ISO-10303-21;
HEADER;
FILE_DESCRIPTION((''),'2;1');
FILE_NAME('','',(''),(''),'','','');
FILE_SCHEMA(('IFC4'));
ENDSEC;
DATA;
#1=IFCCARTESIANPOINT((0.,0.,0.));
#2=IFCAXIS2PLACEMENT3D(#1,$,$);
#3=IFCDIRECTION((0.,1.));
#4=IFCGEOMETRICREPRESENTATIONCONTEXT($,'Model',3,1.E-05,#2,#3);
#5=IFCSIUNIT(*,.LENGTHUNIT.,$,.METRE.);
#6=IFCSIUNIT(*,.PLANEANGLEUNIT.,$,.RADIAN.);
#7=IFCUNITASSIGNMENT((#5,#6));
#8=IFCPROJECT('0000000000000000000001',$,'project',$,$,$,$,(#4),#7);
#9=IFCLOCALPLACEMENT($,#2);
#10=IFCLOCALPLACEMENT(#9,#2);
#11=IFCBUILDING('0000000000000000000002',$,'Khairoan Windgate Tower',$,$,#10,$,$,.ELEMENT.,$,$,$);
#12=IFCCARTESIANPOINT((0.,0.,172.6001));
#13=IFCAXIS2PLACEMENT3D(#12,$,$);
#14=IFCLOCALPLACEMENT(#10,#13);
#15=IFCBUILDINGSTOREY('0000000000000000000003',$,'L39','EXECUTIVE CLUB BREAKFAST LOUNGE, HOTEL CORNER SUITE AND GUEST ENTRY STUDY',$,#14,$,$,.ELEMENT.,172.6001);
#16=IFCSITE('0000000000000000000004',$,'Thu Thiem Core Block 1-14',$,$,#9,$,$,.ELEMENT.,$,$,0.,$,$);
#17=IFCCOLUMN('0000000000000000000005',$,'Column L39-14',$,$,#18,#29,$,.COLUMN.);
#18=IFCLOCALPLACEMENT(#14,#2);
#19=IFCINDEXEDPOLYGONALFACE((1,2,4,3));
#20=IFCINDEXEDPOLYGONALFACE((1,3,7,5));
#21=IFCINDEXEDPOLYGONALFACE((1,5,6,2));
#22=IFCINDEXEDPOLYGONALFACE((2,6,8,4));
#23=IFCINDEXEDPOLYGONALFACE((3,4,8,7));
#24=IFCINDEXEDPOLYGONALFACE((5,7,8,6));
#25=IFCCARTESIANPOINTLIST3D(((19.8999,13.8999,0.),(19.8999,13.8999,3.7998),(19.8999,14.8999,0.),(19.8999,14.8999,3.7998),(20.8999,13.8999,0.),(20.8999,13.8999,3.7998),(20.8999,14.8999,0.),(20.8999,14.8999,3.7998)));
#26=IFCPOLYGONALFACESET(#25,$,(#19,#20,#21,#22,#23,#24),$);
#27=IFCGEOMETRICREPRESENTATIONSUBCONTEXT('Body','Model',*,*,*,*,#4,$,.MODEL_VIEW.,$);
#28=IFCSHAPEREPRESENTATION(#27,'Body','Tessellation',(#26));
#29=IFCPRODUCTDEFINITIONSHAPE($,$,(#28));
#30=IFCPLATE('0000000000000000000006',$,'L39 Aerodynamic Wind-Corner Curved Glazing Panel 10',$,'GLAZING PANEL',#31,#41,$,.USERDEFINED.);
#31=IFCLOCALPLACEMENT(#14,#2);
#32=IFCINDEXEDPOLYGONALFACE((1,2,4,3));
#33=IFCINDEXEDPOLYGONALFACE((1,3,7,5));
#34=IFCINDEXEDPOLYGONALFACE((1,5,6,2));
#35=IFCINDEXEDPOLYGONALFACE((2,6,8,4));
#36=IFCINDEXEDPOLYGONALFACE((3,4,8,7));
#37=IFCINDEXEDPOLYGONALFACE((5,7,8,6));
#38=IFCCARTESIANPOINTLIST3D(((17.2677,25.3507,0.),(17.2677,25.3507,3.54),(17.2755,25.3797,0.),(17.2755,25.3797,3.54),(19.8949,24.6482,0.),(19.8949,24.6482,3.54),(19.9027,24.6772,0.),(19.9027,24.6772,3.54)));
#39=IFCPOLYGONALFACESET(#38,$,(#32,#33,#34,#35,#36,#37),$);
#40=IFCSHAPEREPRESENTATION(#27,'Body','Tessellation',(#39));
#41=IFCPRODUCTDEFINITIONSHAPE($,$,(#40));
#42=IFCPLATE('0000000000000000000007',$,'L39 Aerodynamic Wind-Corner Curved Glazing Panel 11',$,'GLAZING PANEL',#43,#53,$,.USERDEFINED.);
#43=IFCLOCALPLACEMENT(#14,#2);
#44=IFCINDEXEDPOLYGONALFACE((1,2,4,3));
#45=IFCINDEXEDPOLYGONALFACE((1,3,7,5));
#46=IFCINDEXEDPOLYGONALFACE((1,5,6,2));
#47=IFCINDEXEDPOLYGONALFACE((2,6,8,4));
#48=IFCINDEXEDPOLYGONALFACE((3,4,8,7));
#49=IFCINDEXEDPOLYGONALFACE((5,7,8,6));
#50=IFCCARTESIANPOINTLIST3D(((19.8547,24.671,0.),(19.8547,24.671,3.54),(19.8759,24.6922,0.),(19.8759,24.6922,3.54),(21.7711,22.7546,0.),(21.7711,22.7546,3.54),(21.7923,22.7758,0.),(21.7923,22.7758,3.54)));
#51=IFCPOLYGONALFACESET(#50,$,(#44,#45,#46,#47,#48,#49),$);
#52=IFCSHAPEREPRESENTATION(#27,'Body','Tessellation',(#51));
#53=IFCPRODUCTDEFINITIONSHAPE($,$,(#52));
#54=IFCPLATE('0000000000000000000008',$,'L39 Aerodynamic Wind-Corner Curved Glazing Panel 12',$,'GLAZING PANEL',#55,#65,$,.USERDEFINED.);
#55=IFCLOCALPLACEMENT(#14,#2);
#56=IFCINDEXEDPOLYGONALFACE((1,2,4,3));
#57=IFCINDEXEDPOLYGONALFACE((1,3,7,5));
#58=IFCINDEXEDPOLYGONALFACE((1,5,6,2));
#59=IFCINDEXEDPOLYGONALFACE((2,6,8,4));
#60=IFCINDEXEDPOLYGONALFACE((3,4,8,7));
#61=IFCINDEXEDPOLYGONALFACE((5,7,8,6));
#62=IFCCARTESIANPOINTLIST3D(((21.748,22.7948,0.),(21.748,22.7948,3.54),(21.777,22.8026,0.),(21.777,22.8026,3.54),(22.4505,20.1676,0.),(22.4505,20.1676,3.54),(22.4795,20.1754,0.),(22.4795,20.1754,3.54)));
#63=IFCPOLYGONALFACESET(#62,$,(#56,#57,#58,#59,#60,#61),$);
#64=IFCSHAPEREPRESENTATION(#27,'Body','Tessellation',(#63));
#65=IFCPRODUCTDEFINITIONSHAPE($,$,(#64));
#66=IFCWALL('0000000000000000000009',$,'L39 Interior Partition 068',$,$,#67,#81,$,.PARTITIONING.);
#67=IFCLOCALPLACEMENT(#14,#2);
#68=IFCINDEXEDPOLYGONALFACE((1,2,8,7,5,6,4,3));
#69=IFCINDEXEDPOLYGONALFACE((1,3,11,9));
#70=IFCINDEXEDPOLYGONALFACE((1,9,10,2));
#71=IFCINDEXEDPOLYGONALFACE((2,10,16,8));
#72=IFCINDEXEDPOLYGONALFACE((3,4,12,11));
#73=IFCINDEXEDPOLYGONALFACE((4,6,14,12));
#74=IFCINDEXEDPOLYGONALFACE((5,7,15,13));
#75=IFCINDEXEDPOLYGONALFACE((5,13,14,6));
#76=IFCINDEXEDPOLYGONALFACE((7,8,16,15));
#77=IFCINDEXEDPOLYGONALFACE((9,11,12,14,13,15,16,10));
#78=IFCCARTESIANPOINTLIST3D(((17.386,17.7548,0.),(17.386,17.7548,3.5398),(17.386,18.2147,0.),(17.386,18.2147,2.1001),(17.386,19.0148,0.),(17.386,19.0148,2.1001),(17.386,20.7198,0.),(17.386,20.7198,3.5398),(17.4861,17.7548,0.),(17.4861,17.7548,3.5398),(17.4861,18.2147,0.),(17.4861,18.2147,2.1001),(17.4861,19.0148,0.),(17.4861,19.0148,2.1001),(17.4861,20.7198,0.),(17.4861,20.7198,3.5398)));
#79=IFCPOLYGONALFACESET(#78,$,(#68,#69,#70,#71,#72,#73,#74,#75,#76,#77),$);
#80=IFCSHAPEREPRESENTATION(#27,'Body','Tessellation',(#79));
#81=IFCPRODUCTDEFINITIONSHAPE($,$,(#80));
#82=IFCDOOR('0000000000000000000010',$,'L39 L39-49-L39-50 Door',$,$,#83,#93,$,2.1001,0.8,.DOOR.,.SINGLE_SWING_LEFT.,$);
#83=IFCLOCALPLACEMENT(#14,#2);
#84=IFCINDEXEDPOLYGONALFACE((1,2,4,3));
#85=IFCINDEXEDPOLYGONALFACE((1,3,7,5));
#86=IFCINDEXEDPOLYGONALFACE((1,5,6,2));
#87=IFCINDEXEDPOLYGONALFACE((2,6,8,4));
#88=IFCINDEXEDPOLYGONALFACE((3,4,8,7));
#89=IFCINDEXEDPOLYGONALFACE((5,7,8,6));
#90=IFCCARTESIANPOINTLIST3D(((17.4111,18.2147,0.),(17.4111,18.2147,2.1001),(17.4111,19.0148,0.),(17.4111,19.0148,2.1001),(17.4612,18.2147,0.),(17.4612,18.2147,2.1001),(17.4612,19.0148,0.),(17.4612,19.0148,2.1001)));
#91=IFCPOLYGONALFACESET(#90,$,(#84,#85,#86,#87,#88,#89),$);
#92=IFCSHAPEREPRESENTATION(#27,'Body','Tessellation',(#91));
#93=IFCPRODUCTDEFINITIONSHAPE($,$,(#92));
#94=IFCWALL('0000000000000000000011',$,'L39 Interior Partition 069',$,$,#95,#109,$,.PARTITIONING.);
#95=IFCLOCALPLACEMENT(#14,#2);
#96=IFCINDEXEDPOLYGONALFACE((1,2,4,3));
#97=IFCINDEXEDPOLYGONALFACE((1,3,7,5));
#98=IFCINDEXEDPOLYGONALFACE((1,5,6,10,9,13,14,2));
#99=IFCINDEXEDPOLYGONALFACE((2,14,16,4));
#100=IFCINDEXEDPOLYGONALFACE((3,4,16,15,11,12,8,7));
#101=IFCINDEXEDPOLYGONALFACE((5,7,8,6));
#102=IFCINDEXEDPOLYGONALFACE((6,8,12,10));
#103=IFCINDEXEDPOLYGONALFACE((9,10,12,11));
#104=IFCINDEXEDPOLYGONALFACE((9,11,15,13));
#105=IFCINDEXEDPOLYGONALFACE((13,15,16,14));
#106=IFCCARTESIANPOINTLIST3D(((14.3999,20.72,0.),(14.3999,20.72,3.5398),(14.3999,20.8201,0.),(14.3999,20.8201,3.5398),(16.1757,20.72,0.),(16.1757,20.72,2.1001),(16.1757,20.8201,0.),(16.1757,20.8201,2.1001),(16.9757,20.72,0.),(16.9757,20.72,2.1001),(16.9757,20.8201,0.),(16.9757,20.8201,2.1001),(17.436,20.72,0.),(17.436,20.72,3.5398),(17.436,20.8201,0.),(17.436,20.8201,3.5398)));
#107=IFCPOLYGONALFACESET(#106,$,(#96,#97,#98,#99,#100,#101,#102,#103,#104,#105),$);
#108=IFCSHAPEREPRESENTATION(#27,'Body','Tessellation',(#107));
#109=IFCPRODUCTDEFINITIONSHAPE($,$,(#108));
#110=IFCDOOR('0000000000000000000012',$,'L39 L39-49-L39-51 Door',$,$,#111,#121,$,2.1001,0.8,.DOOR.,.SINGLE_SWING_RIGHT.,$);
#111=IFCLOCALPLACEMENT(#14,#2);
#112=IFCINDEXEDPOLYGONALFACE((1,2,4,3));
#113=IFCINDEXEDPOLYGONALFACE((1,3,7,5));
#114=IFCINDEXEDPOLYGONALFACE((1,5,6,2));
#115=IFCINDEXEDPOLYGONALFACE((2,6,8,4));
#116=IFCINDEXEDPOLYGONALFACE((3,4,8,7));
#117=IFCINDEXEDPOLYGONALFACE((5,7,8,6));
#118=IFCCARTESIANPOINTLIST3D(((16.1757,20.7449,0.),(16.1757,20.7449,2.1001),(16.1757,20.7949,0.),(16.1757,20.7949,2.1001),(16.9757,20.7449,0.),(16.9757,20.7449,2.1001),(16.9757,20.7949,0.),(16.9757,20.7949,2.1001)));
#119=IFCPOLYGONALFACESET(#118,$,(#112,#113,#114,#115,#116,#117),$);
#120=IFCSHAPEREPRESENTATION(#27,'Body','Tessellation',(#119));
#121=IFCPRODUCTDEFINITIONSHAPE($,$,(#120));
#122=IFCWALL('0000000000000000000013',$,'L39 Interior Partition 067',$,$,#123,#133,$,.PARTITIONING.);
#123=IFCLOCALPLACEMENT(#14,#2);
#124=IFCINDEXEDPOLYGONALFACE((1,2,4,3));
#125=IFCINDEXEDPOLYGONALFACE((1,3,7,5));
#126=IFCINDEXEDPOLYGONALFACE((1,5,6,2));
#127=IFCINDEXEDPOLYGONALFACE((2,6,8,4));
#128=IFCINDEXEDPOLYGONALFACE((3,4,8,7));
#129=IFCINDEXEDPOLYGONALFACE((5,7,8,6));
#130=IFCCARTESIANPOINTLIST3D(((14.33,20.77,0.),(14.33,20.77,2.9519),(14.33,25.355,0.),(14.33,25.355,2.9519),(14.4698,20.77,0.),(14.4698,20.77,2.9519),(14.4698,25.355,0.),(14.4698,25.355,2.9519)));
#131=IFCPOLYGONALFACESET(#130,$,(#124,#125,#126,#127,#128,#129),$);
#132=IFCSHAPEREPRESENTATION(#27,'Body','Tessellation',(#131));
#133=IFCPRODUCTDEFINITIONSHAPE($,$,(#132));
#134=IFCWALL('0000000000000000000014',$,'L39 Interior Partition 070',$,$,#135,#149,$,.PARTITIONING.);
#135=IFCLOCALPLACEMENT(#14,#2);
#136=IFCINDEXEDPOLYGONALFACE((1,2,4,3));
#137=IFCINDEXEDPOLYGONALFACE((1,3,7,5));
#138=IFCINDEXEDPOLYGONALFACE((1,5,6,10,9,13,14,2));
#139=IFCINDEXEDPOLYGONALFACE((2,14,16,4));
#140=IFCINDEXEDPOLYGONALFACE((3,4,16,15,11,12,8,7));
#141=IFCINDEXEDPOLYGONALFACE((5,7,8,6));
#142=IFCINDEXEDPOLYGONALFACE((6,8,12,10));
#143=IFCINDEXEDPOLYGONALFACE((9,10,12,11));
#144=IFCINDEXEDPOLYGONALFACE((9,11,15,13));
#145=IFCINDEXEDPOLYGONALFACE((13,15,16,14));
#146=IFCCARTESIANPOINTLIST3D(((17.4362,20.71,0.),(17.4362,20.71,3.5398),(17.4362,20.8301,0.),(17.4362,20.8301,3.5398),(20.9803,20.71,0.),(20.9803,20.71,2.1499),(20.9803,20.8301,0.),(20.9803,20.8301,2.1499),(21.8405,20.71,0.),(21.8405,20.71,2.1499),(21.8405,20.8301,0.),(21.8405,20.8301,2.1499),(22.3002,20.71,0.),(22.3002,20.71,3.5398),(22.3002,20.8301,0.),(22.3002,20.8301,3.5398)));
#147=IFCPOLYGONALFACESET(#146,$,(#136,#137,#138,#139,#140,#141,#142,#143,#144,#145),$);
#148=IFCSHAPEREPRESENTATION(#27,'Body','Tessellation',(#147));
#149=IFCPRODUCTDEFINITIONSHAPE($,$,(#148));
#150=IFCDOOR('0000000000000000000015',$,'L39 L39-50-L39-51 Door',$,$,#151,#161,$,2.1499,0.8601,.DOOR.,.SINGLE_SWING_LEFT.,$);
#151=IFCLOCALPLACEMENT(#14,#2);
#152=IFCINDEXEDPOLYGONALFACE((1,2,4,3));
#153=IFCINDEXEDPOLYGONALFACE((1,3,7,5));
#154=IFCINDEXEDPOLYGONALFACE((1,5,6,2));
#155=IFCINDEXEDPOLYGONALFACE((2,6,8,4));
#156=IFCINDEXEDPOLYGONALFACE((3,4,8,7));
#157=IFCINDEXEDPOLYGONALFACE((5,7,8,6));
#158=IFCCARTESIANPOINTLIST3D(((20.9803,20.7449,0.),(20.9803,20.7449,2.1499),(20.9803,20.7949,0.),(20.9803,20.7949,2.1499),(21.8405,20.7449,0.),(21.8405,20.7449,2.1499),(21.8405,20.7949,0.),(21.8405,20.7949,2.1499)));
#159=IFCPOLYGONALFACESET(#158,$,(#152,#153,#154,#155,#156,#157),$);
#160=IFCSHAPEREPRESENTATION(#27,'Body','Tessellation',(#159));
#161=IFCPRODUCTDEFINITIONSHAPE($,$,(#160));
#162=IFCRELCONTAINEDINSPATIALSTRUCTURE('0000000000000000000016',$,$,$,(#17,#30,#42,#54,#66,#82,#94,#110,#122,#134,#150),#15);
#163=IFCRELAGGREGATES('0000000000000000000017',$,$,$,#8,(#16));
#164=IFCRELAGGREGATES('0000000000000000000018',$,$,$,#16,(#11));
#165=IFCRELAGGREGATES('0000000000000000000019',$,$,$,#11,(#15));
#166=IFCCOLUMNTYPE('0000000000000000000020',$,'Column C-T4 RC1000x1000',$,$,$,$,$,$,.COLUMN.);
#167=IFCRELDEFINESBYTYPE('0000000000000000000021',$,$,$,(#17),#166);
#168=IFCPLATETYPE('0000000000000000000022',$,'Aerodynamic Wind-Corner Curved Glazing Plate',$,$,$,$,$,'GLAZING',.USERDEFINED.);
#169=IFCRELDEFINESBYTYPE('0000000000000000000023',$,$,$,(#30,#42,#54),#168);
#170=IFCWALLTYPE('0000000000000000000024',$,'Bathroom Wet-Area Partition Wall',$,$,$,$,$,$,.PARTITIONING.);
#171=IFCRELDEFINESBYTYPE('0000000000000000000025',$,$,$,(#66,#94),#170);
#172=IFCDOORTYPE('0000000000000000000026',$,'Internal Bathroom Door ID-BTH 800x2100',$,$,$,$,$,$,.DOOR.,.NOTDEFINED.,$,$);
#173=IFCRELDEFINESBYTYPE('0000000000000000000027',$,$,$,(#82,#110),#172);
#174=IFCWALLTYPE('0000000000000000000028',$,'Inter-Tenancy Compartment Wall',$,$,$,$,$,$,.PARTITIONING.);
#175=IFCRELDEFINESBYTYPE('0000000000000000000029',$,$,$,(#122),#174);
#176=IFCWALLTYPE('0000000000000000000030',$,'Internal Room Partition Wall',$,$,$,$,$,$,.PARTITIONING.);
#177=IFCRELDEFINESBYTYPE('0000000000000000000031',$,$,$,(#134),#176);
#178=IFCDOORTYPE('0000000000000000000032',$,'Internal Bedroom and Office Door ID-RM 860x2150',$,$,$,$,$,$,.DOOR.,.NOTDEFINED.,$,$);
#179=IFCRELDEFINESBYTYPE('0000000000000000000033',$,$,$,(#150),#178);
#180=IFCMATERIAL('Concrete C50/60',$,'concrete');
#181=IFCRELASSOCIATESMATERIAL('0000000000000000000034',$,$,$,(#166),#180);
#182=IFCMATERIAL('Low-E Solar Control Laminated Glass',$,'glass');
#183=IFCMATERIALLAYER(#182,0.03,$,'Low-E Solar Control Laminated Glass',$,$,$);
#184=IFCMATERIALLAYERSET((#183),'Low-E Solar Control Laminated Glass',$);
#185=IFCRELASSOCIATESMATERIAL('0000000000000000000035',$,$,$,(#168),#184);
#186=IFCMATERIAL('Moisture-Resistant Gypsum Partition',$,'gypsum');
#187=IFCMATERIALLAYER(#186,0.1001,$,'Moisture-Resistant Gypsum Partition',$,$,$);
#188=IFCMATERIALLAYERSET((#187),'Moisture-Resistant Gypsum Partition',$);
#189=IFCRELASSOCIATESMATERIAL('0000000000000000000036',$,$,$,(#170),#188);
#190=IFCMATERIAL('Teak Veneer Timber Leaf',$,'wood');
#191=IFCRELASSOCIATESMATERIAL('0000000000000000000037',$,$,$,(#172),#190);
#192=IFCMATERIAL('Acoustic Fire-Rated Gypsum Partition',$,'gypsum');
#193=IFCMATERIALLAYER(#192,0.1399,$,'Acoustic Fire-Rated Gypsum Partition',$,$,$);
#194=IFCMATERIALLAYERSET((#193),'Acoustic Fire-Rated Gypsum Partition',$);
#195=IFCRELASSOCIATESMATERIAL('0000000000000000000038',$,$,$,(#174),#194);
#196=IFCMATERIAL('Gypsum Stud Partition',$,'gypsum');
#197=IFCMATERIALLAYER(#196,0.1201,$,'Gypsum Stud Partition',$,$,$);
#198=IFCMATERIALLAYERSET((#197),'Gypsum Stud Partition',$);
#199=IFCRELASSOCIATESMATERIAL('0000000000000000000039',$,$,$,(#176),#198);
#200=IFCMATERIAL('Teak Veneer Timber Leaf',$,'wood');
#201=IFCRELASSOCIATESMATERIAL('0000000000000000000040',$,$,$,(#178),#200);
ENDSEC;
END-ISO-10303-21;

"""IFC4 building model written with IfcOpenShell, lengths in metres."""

from ifc_helpers import new_model, si_unit, direction, frame, frame_2d, origin, origin_2d, place, context, subcontext, project, spatial, rectangle, extrude, material, layer, layer_set, material_profile, profile_set, type_object, element, fill, save


model = new_model("IFC4")

# Units and contexts
model_context = context("Model", 3, precision=1e-05, world=origin(), true_north=direction((0.0, 1.0)))
body_context = subcontext(model_context, "Body", "Model", "MODEL_VIEW")
ifc_project = project(units=[si_unit("LENGTHUNIT", "METRE"), si_unit("PLANEANGLEUNIT", "RADIAN")], contexts=[model_context])

# Site, building, storey
site_placement = place(None, origin())
site = spatial("IfcSite", under=ifc_project, at=site_placement, Name="Thu Thiem Core Block 1-14", CompositionType="ELEMENT", RefElevation=0.0)
building_placement = place(site_placement, origin())
building = spatial("IfcBuilding", under=site, at=building_placement, Name="Khairoan Windgate Tower", CompositionType="ELEMENT")
storey_placement = place(building_placement, frame((0.0, 0.0, 172.6001)))
storey = spatial("IfcBuildingStorey", under=building, at=storey_placement, Name="L39", Description="EXECUTIVE CLUB BREAKFAST LOUNGE, HOTEL CORNER SUITE AND GUEST ENTRY STUDY", CompositionType="ELEMENT", Elevation=172.6001)

# Column
ifc_material_1 = material(Name="Concrete C50/60", Category="concrete")
ifc_material_profile_1 = material_profile(ifc_material_1, rectangle(XDim=1.0, YDim=1.0, at=origin_2d()))
ifc_profile_set_1 = profile_set([ifc_material_profile_1], Name="Concrete C50/60")
column_type = type_object("IfcColumnType", Name="Column C-T4 RC1000x1000", PredefinedType="COLUMN", material=ifc_profile_set_1)
column_placement = place(storey_placement, frame((20.3999, 14.3999, 0.0), z_axis=(0.0, 0.0, 1.0), x_axis=(1.0, 0.0, 0.0)))
element("IfcColumn", 1, at=column_placement, inside=storey, type_object=column_type, Name="Column L39-14", PredefinedType="COLUMN", context=body_context, shape_type="SweptSolid", body=[
    extrude(rectangle(XDim=1.0, YDim=1.0, at=origin_2d()), origin(), (0.0, 0.0, 1.0), 3.7998),
])

# Plates
ifc_material_2 = material(Name="Low-E Solar Control Laminated Glass", Category="glass")
ifc_layer_1 = layer(ifc_material_2, 0.03, Name="Low-E Solar Control Laminated Glass")
ifc_layer_set_1 = layer_set([ifc_layer_1], Name="Low-E Solar Control Laminated Glass")
plate_type_1 = type_object("IfcPlateType", Name="Aerodynamic Wind-Corner Curved Glazing Plate", ElementType="GLAZING", PredefinedType="USERDEFINED", material=ifc_layer_set_1)
plate_1_placement = place(storey_placement, frame((18.5852, 25.0139, 0.0), z_axis=(0.0, 0.0, 1.0), x_axis=(0.966061, -0.258313, 0.0)))
element("IfcPlate", 2, at=plate_1_placement, inside=storey, type_object=plate_type_1, Name="L39 Aerodynamic Wind-Corner Curved Glazing Panel 10", ObjectType="GLAZING PANEL", PredefinedType="USERDEFINED", context=body_context, shape_type="SweptSolid", body=[
    extrude(rectangle(XDim=2.7195, YDim=0.03, at=origin_2d()), origin(), (0.0, 0.0, 1.0), 3.54),
])
plate_2_placement = place(storey_placement, frame((20.8235, 23.7234, 0.0), z_axis=(0.0, 0.0, 1.0), x_axis=(0.707107, -0.707107, 0.0)))
element("IfcPlate", 3, at=plate_2_placement, inside=storey, type_object=plate_type_1, Name="L39 Aerodynamic Wind-Corner Curved Glazing Panel 11", ObjectType="GLAZING PANEL", PredefinedType="USERDEFINED", context=body_context, shape_type="SweptSolid", body=[
    extrude(rectangle(XDim=2.7102, YDim=0.03, at=origin_2d()), origin(), (0.0, 0.0, 1.0), 3.54),
])
plate_3_placement = place(storey_placement, frame((22.1138, 21.4851, 0.0), z_axis=(0.0, 0.0, 1.0), x_axis=(0.258313, -0.966061, 0.0)))
element("IfcPlate", 4, at=plate_3_placement, inside=storey, type_object=plate_type_1, Name="L39 Aerodynamic Wind-Corner Curved Glazing Panel 12", ObjectType="GLAZING PANEL", PredefinedType="USERDEFINED", context=body_context, shape_type="SweptSolid", body=[
    extrude(rectangle(XDim=2.7195, YDim=0.03, at=origin_2d()), origin(), (0.0, 0.0, 1.0), 3.54),
])

# Walls, openings, doors
ifc_material_3 = material(Name="Moisture-Resistant Gypsum Partition", Category="gypsum")
ifc_layer_2 = layer(ifc_material_3, 0.1001, Name="Moisture-Resistant Gypsum Partition")
ifc_layer_set_2 = layer_set([ifc_layer_2], Name="Moisture-Resistant Gypsum Partition")
wall_type_1 = type_object("IfcWallType", Name="Bathroom Wet-Area Partition Wall", PredefinedType="PARTITIONING", material=ifc_layer_set_2)
wall_1_placement = place(storey_placement, frame((17.436, 17.7549, 0.0), z_axis=(0.0, 0.0, 1.0), x_axis=(0.0, 1.0, 0.0)))
wall_1 = element("IfcWall", 5, at=wall_1_placement, inside=storey, type_object=wall_type_1, Name="L39 Interior Partition 068", PredefinedType="PARTITIONING", context=body_context, shape_type="SweptSolid", body=[
    extrude(rectangle(XDim=2.9651, YDim=0.1001, at=frame_2d((1.4824, 0.0))), origin(), (0.0, 0.0, 1.0), 3.5398),
])
opening_1_placement = place(wall_1_placement, frame((0.46, 0.0, 0.0)))
opening_1 = element("IfcOpeningElement", 6, at=opening_1_placement, cuts=wall_1, PredefinedType="OPENING", context=body_context, shape_type="SweptSolid", body=[
    extrude(rectangle(XDim=0.8, YDim=2.1001, at=frame_2d((0.3999, 1.05))), frame((0.0, 0.0601, 0.0), z_axis=(0.0, -1.0, 0.0), x_axis=(1.0, 0.0, 0.0)), (0.0, 0.0, 1.0), 0.1201),
])
ifc_material_4 = material(Name="Teak Veneer Timber Leaf", Category="wood")
door_type_1 = type_object("IfcDoorType", Name="Internal Bathroom Door ID-BTH 800x2100", OperationType="NOTDEFINED", PredefinedType="DOOR", material=ifc_material_4)
door_1_placement = place(opening_1_placement, origin())
door_1 = element("IfcDoor", 7, at=door_1_placement, inside=storey, type_object=door_type_1, Name="L39 L39-49-L39-50 Door", OperationType="SINGLE_SWING_LEFT", OverallHeight=2.1001, OverallWidth=0.8, PredefinedType="DOOR", context=body_context, shape_type="SweptSolid", body=[
    extrude(rectangle(XDim=0.8, YDim=2.1001, at=frame_2d((0.3999, 1.05))), frame((0.0, 0.0249, 0.0), z_axis=(0.0, -1.0, 0.0), x_axis=(1.0, 0.0, 0.0)), (0.0, 0.0, 1.0), 0.05),
])
fill(opening_1, door_1)
wall_2_placement = place(storey_placement, frame((14.3999, 20.77, 0.0), z_axis=(0.0, 0.0, 1.0), x_axis=(1.0, 0.0, 0.0)))
wall_2 = element("IfcWall", 8, at=wall_2_placement, inside=storey, type_object=wall_type_1, Name="L39 Interior Partition 069", PredefinedType="PARTITIONING", context=body_context, shape_type="SweptSolid", body=[
    extrude(rectangle(XDim=3.0361, YDim=0.1001, at=frame_2d((1.5181, 0.0))), origin(), (0.0, 0.0, 1.0), 3.5398),
])
opening_2_placement = place(wall_2_placement, frame((1.7759, 0.0, 0.0)))
opening_2 = element("IfcOpeningElement", 9, at=opening_2_placement, cuts=wall_2, PredefinedType="OPENING", context=body_context, shape_type="SweptSolid", body=[
    extrude(rectangle(XDim=0.8, YDim=2.1001, at=frame_2d((0.3999, 1.05))), frame((0.0, 0.0601, 0.0), z_axis=(0.0, -1.0, 0.0), x_axis=(1.0, 0.0, 0.0)), (0.0, 0.0, 1.0), 0.1201),
])
door_2_placement = place(opening_2_placement, origin())
door_2 = element("IfcDoor", 10, at=door_2_placement, inside=storey, type_object=door_type_1, Name="L39 L39-49-L39-51 Door", OperationType="SINGLE_SWING_RIGHT", OverallHeight=2.1001, OverallWidth=0.8, PredefinedType="DOOR", context=body_context, shape_type="SweptSolid", body=[
    extrude(rectangle(XDim=0.8, YDim=2.1001, at=frame_2d((0.3999, 1.05))), frame((0.0, 0.0249, 0.0), z_axis=(0.0, -1.0, 0.0), x_axis=(1.0, 0.0, 0.0)), (0.0, 0.0, 1.0), 0.05),
])
fill(opening_2, door_2)

# Wall
ifc_material_5 = material(Name="Acoustic Fire-Rated Gypsum Partition", Category="gypsum")
ifc_layer_3 = layer(ifc_material_5, 0.1399, Name="Acoustic Fire-Rated Gypsum Partition")
ifc_layer_set_3 = layer_set([ifc_layer_3], Name="Acoustic Fire-Rated Gypsum Partition")
wall_type_2 = type_object("IfcWallType", Name="Inter-Tenancy Compartment Wall", PredefinedType="PARTITIONING", material=ifc_layer_set_3)
wall_3_placement = place(storey_placement, frame((14.3999, 20.77, 0.0), z_axis=(0.0, 0.0, 1.0), x_axis=(0.0, 1.0, 0.0)))
element("IfcWall", 11, at=wall_3_placement, inside=storey, type_object=wall_type_2, Name="L39 Interior Partition 067", PredefinedType="PARTITIONING", context=body_context, shape_type="SweptSolid", body=[
    extrude(rectangle(XDim=4.585, YDim=0.1399, at=frame_2d((2.2925, 0.0))), origin(), (0.0, 0.0, 1.0), 2.9519),
])

# Wall, opening, door
ifc_material_6 = material(Name="Gypsum Stud Partition", Category="gypsum")
ifc_layer_4 = layer(ifc_material_6, 0.1201, Name="Gypsum Stud Partition")
ifc_layer_set_4 = layer_set([ifc_layer_4], Name="Gypsum Stud Partition")
wall_type_3 = type_object("IfcWallType", Name="Internal Room Partition Wall", PredefinedType="PARTITIONING", material=ifc_layer_set_4)
wall_4_placement = place(storey_placement, frame((17.436, 20.77, 0.0), z_axis=(0.0, 0.0, 1.0), x_axis=(1.0, 0.0, 0.0)))
wall_4 = element("IfcWall", 12, at=wall_4_placement, inside=storey, type_object=wall_type_3, Name="L39 Interior Partition 070", PredefinedType="PARTITIONING", context=body_context, shape_type="SweptSolid", body=[
    extrude(rectangle(XDim=4.864, YDim=0.1201, at=frame_2d((2.4321, 0.0))), origin(), (0.0, 0.0, 1.0), 3.5398),
])
opening_3_placement = place(wall_4_placement, frame((3.5442, 0.0, 0.0)))
opening_3 = element("IfcOpeningElement", 13, at=opening_3_placement, cuts=wall_4, PredefinedType="OPENING", context=body_context, shape_type="SweptSolid", body=[
    extrude(rectangle(XDim=0.8601, YDim=2.1499, at=frame_2d((0.4302, 1.075))), frame((0.0, 0.0701, 0.0), z_axis=(0.0, -1.0, 0.0), x_axis=(1.0, 0.0, 0.0)), (0.0, 0.0, 1.0), 0.1401),
])
ifc_material_7 = material(Name="Teak Veneer Timber Leaf", Category="wood")
door_type_2 = type_object("IfcDoorType", Name="Internal Bedroom and Office Door ID-RM 860x2150", OperationType="NOTDEFINED", PredefinedType="DOOR", material=ifc_material_7)
door_3_placement = place(opening_3_placement, origin())
door_3 = element("IfcDoor", 14, at=door_3_placement, inside=storey, type_object=door_type_2, Name="L39 L39-50-L39-51 Door", OperationType="SINGLE_SWING_LEFT", OverallHeight=2.1499, OverallWidth=0.8601, PredefinedType="DOOR", context=body_context, shape_type="SweptSolid", body=[
    extrude(rectangle(XDim=0.8601, YDim=2.1499, at=frame_2d((0.4302, 1.075))), frame((0.0, 0.0249, 0.0), z_axis=(0.0, -1.0, 0.0), x_axis=(1.0, 0.0, 0.0)), (0.0, 0.0, 1.0), 0.05),
])
fill(opening_3, door_3)

save(model, "model.ifc")
